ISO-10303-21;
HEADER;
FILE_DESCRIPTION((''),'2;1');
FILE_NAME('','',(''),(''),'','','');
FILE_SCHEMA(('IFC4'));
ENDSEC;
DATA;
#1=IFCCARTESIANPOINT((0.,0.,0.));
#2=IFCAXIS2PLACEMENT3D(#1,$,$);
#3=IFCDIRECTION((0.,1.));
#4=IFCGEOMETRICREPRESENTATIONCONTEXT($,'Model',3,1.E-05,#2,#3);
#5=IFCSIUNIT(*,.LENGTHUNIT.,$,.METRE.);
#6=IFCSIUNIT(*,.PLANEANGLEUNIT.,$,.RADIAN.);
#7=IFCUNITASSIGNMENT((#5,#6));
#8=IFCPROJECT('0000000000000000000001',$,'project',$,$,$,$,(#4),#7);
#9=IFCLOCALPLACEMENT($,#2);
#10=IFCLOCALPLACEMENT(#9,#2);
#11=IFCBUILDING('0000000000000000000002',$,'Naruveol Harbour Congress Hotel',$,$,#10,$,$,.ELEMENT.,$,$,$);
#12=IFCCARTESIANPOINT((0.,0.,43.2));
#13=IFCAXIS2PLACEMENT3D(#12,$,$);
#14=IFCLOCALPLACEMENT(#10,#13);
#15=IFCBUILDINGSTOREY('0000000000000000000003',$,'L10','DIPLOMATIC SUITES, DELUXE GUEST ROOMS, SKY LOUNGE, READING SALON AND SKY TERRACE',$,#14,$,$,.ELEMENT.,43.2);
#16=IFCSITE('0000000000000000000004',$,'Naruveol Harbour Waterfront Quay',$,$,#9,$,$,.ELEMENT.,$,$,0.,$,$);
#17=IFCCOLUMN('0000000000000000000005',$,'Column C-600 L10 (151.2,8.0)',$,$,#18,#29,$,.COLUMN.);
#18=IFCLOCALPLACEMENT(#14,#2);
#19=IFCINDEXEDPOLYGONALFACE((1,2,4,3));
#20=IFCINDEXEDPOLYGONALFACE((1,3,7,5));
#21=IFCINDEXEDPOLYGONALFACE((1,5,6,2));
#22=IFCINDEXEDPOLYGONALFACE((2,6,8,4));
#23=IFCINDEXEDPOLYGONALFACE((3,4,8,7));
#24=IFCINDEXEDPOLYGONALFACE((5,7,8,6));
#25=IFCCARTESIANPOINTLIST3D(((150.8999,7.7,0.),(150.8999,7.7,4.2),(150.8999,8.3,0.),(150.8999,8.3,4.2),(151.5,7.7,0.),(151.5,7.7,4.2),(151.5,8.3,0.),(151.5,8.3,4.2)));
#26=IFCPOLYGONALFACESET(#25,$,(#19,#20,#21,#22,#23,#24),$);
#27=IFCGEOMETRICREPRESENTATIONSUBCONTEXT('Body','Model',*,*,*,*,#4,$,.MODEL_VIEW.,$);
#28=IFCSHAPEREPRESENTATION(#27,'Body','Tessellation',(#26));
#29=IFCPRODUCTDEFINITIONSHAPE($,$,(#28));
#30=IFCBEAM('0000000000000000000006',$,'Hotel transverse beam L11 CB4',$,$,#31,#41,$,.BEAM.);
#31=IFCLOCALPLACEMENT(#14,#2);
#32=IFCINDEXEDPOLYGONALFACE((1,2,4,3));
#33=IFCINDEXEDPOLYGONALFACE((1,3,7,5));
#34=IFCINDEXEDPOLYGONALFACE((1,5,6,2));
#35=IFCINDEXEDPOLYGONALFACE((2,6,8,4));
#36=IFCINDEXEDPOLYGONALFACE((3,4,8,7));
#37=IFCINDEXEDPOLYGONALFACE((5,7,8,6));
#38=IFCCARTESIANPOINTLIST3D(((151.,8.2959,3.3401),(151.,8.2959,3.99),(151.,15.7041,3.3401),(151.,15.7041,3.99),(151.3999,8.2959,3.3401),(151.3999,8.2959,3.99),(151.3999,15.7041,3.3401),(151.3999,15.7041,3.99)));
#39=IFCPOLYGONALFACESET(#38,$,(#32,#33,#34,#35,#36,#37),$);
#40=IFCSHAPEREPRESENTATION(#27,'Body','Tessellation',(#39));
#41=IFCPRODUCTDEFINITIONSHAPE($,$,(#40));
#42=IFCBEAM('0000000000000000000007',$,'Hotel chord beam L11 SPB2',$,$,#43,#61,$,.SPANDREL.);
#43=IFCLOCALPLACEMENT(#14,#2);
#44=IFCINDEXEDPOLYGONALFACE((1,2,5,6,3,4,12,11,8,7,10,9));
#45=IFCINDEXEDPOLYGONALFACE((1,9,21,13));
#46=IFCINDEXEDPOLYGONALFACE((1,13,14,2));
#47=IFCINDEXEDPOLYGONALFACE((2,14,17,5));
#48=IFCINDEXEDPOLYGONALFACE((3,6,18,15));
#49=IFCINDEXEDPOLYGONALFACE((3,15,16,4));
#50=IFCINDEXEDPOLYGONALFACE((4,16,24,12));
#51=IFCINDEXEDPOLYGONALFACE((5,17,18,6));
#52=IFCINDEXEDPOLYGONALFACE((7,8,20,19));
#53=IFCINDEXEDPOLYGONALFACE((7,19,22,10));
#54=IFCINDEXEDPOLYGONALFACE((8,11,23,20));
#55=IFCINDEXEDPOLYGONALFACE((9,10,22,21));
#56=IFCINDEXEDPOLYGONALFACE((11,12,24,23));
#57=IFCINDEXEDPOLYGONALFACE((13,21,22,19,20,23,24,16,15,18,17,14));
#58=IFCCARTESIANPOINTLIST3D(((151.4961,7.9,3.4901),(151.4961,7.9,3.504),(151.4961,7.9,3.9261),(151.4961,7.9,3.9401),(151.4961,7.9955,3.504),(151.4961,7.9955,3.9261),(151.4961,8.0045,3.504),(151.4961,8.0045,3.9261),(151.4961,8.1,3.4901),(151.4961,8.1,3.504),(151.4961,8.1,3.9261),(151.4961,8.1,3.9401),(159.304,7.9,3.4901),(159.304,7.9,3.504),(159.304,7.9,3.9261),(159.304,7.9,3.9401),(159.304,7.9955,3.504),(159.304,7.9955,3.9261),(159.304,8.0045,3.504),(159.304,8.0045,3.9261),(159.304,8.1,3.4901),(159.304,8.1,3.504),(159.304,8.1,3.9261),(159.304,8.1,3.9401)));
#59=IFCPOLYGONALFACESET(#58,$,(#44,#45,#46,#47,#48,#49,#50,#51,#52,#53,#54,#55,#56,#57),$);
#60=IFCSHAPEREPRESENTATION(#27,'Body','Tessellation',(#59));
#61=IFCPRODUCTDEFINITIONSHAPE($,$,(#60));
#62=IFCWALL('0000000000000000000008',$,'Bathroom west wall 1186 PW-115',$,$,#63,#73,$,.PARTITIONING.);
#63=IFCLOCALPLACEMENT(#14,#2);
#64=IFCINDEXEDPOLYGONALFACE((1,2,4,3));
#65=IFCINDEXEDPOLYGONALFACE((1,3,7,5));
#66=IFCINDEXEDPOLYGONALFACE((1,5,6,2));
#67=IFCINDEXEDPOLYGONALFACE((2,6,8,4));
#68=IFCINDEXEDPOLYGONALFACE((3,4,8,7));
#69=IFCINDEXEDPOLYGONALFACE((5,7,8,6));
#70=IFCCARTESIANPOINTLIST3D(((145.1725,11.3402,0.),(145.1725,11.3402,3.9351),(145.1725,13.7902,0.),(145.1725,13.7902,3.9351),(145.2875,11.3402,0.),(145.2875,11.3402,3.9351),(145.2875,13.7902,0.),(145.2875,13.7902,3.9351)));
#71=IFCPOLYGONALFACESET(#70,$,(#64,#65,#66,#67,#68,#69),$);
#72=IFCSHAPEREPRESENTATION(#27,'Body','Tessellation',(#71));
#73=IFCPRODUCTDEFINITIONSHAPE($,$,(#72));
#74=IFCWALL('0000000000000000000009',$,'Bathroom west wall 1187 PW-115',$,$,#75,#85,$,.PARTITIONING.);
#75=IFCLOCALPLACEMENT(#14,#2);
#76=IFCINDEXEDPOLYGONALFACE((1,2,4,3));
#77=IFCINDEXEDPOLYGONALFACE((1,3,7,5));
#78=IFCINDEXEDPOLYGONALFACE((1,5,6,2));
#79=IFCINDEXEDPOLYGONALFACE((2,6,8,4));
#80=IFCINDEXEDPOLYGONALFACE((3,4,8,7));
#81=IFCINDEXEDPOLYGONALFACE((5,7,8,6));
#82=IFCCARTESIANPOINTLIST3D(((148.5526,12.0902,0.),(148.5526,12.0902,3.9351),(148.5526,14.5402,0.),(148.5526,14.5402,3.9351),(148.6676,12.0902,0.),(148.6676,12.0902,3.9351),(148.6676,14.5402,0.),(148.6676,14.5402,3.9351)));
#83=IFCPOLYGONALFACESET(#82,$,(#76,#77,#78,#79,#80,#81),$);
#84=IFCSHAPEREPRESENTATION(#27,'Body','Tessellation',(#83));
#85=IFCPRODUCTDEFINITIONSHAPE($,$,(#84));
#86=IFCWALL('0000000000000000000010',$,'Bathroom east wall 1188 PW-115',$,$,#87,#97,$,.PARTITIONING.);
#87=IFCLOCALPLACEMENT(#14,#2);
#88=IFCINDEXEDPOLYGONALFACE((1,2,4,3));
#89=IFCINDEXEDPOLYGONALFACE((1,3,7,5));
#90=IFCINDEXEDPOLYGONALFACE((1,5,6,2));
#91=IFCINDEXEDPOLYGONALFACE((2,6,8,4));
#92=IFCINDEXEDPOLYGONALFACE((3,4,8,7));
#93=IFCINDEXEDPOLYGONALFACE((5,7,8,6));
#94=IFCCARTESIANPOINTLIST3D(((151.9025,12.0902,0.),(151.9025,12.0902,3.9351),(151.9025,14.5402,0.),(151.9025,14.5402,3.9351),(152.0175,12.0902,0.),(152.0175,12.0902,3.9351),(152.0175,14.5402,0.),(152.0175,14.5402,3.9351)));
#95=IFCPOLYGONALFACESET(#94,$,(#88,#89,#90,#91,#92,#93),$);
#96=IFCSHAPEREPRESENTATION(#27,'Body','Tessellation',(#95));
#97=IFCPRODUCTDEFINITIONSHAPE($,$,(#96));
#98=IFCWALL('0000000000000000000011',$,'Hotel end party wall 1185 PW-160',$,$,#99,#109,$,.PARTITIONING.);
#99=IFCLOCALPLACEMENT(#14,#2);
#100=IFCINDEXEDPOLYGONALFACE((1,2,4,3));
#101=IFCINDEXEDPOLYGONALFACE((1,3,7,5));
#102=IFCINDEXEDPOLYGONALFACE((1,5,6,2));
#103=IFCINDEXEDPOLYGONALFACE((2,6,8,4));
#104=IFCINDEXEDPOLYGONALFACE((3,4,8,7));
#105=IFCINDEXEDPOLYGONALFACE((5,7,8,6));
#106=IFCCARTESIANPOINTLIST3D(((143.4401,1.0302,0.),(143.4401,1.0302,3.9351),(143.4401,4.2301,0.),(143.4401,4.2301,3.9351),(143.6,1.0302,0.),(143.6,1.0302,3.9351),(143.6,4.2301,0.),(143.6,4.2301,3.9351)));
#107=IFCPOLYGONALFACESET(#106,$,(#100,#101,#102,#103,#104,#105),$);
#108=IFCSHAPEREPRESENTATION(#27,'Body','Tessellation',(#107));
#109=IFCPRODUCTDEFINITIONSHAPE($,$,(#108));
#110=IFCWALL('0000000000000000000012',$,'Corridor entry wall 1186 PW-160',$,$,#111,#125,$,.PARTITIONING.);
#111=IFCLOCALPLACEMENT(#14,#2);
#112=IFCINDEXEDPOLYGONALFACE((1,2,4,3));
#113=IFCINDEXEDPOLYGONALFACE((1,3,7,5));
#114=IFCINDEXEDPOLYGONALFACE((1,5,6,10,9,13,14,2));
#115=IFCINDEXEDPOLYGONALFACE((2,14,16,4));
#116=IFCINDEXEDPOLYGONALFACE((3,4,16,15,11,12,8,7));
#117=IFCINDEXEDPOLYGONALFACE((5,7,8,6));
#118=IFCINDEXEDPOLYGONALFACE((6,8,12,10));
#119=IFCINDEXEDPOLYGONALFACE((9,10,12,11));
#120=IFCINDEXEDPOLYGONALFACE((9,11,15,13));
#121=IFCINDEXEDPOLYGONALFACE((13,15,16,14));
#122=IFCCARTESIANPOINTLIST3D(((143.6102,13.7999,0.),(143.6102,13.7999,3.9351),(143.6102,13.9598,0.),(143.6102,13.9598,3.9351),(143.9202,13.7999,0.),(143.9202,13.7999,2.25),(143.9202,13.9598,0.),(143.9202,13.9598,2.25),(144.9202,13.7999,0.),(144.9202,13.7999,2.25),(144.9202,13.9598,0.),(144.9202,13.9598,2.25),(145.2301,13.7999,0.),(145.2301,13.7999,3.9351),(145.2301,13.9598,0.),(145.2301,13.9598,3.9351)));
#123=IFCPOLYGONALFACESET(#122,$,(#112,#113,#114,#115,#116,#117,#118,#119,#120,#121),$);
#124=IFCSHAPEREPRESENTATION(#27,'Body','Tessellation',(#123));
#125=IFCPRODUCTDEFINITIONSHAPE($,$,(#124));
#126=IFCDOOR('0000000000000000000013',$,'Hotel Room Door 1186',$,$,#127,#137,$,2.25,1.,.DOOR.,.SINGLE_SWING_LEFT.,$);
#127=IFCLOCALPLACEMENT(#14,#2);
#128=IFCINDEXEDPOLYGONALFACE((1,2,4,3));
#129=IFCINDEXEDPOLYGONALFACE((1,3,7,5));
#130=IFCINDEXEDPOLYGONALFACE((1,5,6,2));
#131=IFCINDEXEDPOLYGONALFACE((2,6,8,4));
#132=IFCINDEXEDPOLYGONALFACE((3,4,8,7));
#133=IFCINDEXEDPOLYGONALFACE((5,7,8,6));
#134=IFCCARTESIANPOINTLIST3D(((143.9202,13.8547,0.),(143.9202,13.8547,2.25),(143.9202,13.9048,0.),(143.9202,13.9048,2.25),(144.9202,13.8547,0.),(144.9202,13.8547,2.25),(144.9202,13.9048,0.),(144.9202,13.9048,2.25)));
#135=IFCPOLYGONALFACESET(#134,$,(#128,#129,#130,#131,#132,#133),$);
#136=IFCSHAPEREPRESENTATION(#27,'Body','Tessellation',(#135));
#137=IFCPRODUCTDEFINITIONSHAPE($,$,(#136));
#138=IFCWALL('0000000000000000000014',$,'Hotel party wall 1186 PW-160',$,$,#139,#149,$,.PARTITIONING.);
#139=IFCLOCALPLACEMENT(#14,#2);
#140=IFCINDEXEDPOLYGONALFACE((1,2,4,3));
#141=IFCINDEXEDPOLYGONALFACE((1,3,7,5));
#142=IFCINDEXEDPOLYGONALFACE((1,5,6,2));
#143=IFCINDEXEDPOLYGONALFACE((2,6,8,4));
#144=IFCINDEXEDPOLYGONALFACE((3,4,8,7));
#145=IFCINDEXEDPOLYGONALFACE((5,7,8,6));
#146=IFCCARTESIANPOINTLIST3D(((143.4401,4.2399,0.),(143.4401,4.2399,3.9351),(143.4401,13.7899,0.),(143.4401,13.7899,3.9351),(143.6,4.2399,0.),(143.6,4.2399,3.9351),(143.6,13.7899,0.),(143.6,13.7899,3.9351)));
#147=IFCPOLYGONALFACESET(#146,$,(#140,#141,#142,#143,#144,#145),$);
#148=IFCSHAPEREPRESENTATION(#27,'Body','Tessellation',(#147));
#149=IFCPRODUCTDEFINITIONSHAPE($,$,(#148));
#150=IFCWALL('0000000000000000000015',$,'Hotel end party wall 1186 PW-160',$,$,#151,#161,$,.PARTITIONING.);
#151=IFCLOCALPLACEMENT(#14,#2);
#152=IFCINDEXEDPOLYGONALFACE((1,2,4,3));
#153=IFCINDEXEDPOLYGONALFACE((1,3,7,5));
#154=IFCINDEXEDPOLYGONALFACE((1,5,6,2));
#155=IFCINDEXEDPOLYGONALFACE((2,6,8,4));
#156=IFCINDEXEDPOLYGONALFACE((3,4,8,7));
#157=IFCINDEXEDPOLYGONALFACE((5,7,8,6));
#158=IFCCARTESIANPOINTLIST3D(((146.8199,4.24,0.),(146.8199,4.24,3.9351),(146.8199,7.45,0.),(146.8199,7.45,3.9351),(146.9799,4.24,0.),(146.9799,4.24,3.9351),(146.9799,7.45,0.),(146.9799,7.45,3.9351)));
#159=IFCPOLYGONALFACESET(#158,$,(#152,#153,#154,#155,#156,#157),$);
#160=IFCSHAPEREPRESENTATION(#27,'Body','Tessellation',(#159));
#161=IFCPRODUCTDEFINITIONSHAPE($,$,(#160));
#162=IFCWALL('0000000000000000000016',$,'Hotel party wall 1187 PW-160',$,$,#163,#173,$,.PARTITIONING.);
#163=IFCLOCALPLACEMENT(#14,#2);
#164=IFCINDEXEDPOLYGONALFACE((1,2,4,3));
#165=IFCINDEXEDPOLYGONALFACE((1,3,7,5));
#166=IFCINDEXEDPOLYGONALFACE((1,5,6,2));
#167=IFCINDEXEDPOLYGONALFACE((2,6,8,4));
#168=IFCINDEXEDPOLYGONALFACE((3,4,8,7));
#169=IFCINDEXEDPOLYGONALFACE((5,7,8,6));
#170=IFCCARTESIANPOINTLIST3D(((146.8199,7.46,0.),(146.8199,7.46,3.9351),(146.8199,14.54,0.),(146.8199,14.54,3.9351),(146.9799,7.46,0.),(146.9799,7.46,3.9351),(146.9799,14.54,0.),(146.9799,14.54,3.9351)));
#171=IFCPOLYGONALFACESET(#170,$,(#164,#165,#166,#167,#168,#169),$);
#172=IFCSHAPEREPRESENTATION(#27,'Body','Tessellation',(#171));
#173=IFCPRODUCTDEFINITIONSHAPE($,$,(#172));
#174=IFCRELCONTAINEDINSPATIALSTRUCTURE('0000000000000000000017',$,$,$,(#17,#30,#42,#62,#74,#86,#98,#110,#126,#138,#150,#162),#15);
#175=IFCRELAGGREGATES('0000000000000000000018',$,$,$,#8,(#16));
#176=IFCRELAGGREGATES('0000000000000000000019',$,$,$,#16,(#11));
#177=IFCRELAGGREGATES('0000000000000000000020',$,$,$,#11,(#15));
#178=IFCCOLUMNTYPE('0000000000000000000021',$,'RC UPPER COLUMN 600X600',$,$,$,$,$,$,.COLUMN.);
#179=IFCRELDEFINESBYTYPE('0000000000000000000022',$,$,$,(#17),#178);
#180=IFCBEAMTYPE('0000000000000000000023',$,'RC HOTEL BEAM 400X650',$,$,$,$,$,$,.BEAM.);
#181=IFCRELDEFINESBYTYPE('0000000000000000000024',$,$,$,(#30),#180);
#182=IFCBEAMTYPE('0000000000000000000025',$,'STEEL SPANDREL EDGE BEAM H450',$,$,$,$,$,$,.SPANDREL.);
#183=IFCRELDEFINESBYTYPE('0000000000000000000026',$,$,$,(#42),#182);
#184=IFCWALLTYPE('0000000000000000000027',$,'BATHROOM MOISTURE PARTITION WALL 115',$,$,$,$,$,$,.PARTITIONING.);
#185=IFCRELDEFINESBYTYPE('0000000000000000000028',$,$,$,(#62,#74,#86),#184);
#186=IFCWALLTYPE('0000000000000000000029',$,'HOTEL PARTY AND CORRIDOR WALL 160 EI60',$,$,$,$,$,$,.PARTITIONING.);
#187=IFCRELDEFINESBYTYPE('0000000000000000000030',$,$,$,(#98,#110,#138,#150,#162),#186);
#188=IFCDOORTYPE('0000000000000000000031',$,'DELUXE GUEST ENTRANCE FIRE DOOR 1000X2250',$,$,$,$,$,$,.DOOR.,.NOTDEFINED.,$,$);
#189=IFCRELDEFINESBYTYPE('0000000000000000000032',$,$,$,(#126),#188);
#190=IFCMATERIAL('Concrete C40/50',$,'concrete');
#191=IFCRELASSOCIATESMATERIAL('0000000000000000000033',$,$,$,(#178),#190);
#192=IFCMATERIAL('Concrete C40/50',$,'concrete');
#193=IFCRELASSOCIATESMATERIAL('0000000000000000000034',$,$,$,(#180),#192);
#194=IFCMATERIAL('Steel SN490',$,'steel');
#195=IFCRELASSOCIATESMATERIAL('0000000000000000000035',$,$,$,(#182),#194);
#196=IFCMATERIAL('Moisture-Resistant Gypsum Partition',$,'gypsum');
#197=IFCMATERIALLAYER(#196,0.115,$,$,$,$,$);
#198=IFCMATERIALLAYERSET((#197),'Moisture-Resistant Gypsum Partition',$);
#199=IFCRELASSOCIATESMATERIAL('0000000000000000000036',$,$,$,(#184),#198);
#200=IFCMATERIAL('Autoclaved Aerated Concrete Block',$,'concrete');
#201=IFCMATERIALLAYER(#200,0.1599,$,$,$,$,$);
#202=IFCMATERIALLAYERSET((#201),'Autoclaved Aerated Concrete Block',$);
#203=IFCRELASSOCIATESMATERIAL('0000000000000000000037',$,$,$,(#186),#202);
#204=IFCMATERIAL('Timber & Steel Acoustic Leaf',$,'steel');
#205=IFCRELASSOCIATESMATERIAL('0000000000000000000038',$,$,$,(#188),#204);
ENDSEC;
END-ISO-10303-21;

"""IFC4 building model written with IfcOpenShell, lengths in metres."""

from ifc_helpers import new_model, si_unit, direction, frame, frame_2d, origin, origin_2d, place, context, subcontext, project, spatial, rectangle, i_section, extrude, material, layer, layer_set, material_profile, profile_set, type_object, element, fill, save


model = new_model("IFC4")

# Units and contexts
model_context = context("Model", 3, precision=1e-05, world=origin(), true_north=direction((0.0, 1.0)))
body_context = subcontext(model_context, "Body", "Model", "MODEL_VIEW")
ifc_project = project(units=[si_unit("LENGTHUNIT", "METRE"), si_unit("PLANEANGLEUNIT", "RADIAN")], contexts=[model_context])

# Site, building, storey
site_placement = place(None, origin())
site = spatial("IfcSite", under=ifc_project, at=site_placement, Name="Naruveol Harbour Waterfront Quay", CompositionType="ELEMENT", RefElevation=0.0)
building_placement = place(site_placement, origin())
building = spatial("IfcBuilding", under=site, at=building_placement, Name="Naruveol Harbour Congress Hotel", CompositionType="ELEMENT")
storey_placement = place(building_placement, frame((0.0, 0.0, 43.2)))
storey = spatial("IfcBuildingStorey", under=building, at=storey_placement, Name="L10", Description="DIPLOMATIC SUITES, DELUXE GUEST ROOMS, SKY LOUNGE, READING SALON AND SKY TERRACE", CompositionType="ELEMENT", Elevation=43.2)

# Column
ifc_material_1 = material(Name="Concrete C40/50", Category="concrete")
ifc_material_profile_1 = material_profile(ifc_material_1, rectangle(XDim=0.6001, YDim=0.6001, at=origin_2d()), Name="RC-600x600")
ifc_profile_set_1 = profile_set([ifc_material_profile_1], Name="Concrete C40/50")
column_type = type_object("IfcColumnType", Name="RC UPPER COLUMN 600X600", PredefinedType="COLUMN", material=ifc_profile_set_1)
column_placement = place(storey_placement, frame((151.2, 8.0, 0.0), z_axis=(0.0, 0.0, 1.0), x_axis=(1.0, 0.0, 0.0)))
element("IfcColumn", 1, at=column_placement, inside=storey, type_object=column_type, Name="Column C-600 L10 (151.2,8.0)", PredefinedType="COLUMN", context=body_context, shape_type="SweptSolid", body=[
    extrude(rectangle(XDim=0.6001, YDim=0.6001, at=origin_2d()), origin(), (0.0, 0.0, 1.0), 4.2),
])

# Beams
ifc_material_2 = material(Name="Concrete C40/50", Category="concrete")
ifc_material_profile_2 = material_profile(ifc_material_2, rectangle(XDim=0.3999, YDim=0.6499, at=origin_2d()), Name="RCB-400x650")
ifc_profile_set_2 = profile_set([ifc_material_profile_2], Name="Concrete C40/50")
beam_type_1 = type_object("IfcBeamType", Name="RC HOTEL BEAM 400X650", PredefinedType="BEAM", material=ifc_profile_set_2)
beam_1_placement = place(storey_placement, frame((151.2, 8.2959, 3.665), z_axis=(0.0, 1.0, 0.0), x_axis=(-1.0, 0.0, 0.0)))
element("IfcBeam", 2, at=beam_1_placement, inside=storey, type_object=beam_type_1, Name="Hotel transverse beam L11 CB4", PredefinedType="BEAM", context=body_context, shape_type="SweptSolid", body=[
    extrude(rectangle(XDim=0.3999, YDim=0.6499, at=origin_2d()), origin(), (0.0, 0.0, 1.0), 7.4082),
])
ifc_material_3 = material(Name="Steel SN490", Category="steel")
ifc_material_profile_3 = material_profile(ifc_material_3, i_section(OverallWidth=0.2, OverallDepth=0.45, WebThickness=0.009, FlangeThickness=0.0139, at=origin_2d()), Name="H-450x200x9x14")
ifc_profile_set_3 = profile_set([ifc_material_profile_3], Name="Steel SN490")
beam_type_2 = type_object("IfcBeamType", Name="STEEL SPANDREL EDGE BEAM H450", PredefinedType="SPANDREL", material=ifc_profile_set_3)
beam_2_placement = place(storey_placement, frame((151.4961, 8.0, 3.7151), z_axis=(1.0, 0.0, 0.0), x_axis=(0.0, 1.0, 0.0)))
element("IfcBeam", 3, at=beam_2_placement, inside=storey, type_object=beam_type_2, Name="Hotel chord beam L11 SPB2", PredefinedType="SPANDREL", context=body_context, shape_type="SweptSolid", body=[
    extrude(i_section(OverallWidth=0.2, OverallDepth=0.45, WebThickness=0.009, FlangeThickness=0.0139, at=origin_2d()), origin(), (0.0, 0.0, 1.0), 7.8079),
])

# Wall
ifc_material_4 = material(Name="Moisture-Resistant Gypsum Partition", Category="gypsum")
ifc_layer_1 = layer(ifc_material_4, 0.115)
ifc_layer_set_1 = layer_set([ifc_layer_1], Name="Moisture-Resistant Gypsum Partition")
wall_type_1 = type_object("IfcWallType", Name="BATHROOM MOISTURE PARTITION WALL 115", PredefinedType="PARTITIONING", material=ifc_layer_set_1)
wall_1_placement = place(storey_placement, frame((145.23, 11.3401, 0.0), z_axis=(0.0, 0.0, 1.0), x_axis=(0.0, 1.0, 0.0)))
element("IfcWall", 4, at=wall_1_placement, inside=storey, type_object=wall_type_1, Name="Bathroom west wall 1186 PW-115", PredefinedType="PARTITIONING", context=body_context, shape_type="SweptSolid", body=[
    extrude(rectangle(XDim=2.45, YDim=0.115, at=frame_2d((1.2251, 0.0))), origin(), (0.0, 0.0, 1.0), 3.9351),
])

# Wall
wall_2_placement = place(storey_placement, frame((148.6101, 12.0901, 0.0), z_axis=(0.0, 0.0, 1.0), x_axis=(0.0, 1.0, 0.0)))
element("IfcWall", 5, at=wall_2_placement, inside=storey, type_object=wall_type_1, Name="Bathroom west wall 1187 PW-115", PredefinedType="PARTITIONING", context=body_context, shape_type="SweptSolid", body=[
    extrude(rectangle(XDim=2.45, YDim=0.115, at=frame_2d((1.2251, 0.0))), origin(), (0.0, 0.0, 1.0), 3.9351),
])

# Wall
wall_3_placement = place(storey_placement, frame((151.96, 12.0901, 0.0), z_axis=(0.0, 0.0, 1.0), x_axis=(0.0, 1.0, 0.0)))
element("IfcWall", 6, at=wall_3_placement, inside=storey, type_object=wall_type_1, Name="Bathroom east wall 1188 PW-115", PredefinedType="PARTITIONING", context=body_context, shape_type="SweptSolid", body=[
    extrude(rectangle(XDim=2.45, YDim=0.115, at=frame_2d((1.2251, 0.0))), origin(), (0.0, 0.0, 1.0), 3.9351),
])

# Wall
ifc_material_5 = material(Name="Autoclaved Aerated Concrete Block", Category="concrete")
ifc_layer_2 = layer(ifc_material_5, 0.1599)
ifc_layer_set_2 = layer_set([ifc_layer_2], Name="Autoclaved Aerated Concrete Block")
wall_type_2 = type_object("IfcWallType", Name="HOTEL PARTY AND CORRIDOR WALL 160 EI60", PredefinedType="PARTITIONING", material=ifc_layer_set_2)
wall_4_placement = place(storey_placement, frame((143.52, 1.03, 0.0), z_axis=(0.0, 0.0, 1.0), x_axis=(0.0, 1.0, 0.0)))
element("IfcWall", 7, at=wall_4_placement, inside=storey, type_object=wall_type_2, Name="Hotel end party wall 1185 PW-160", PredefinedType="PARTITIONING", context=body_context, shape_type="SweptSolid", body=[
    extrude(rectangle(XDim=3.2, YDim=0.1599, at=frame_2d((1.6001, 0.0))), origin(), (0.0, 0.0, 1.0), 3.9351),
])

# Wall, opening, door
wall_5_placement = place(storey_placement, frame((143.6101, 13.8799, 0.0), z_axis=(0.0, 0.0, 1.0), x_axis=(1.0, 0.0, 0.0)))
wall_5 = element("IfcWall", 8, at=wall_5_placement, inside=storey, type_object=wall_type_2, Name="Corridor entry wall 1186 PW-160", PredefinedType="PARTITIONING", context=body_context, shape_type="SweptSolid", body=[
    extrude(rectangle(XDim=1.6199, YDim=0.1599, at=frame_2d((0.8101, 0.0))), origin(), (0.0, 0.0, 1.0), 3.9351),
])
opening_1_placement = place(wall_5_placement, frame((0.3101, 0.0, 0.0)))
opening_1 = element("IfcOpeningElement", 9, at=opening_1_placement, cuts=wall_5, PredefinedType="OPENING", context=body_context, shape_type="SweptSolid", body=[
    extrude(rectangle(XDim=1.0, YDim=2.25, at=frame_2d((0.5, 1.125))), frame((0.0, 0.0898, 0.0), z_axis=(0.0, -1.0, 0.0), x_axis=(1.0, 0.0, 0.0)), (0.0, 0.0, 1.0), 0.1799),
])
ifc_material_6 = material(Name="Timber & Steel Acoustic Leaf", Category="steel")
door_type_1 = type_object("IfcDoorType", Name="DELUXE GUEST ENTRANCE FIRE DOOR 1000X2250", OperationType="NOTDEFINED", PredefinedType="DOOR", material=ifc_material_6)
door_1_placement = place(opening_1_placement, origin())
door_1 = element("IfcDoor", 10, at=door_1_placement, inside=storey, type_object=door_type_1, Name="Hotel Room Door 1186", OperationType="SINGLE_SWING_LEFT", OverallHeight=2.25, OverallWidth=1.0, PredefinedType="DOOR", context=body_context, shape_type="SweptSolid", body=[
    extrude(rectangle(XDim=1.0, YDim=2.25, at=frame_2d((0.5, 1.125))), frame((0.0, 0.0249, 0.0), z_axis=(0.0, -1.0, 0.0), x_axis=(1.0, 0.0, 0.0)), (0.0, 0.0, 1.0), 0.05),
])
fill(opening_1, door_1)

# Walls
wall_6_placement = place(storey_placement, frame((143.52, 4.24, 0.0), z_axis=(0.0, 0.0, 1.0), x_axis=(0.0, 1.0, 0.0)))
element("IfcWall", 11, at=wall_6_placement, inside=storey, type_object=wall_type_2, Name="Hotel party wall 1186 PW-160", PredefinedType="PARTITIONING", context=body_context, shape_type="SweptSolid", body=[
    extrude(rectangle(XDim=9.55, YDim=0.1599, at=frame_2d((4.7749, 0.0))), origin(), (0.0, 0.0, 1.0), 3.9351),
])
wall_7_placement = place(storey_placement, frame((146.8999, 4.24, 0.0), z_axis=(0.0, 0.0, 1.0), x_axis=(0.0, 1.0, 0.0)))
element("IfcWall", 12, at=wall_7_placement, inside=storey, type_object=wall_type_2, Name="Hotel end party wall 1186 PW-160", PredefinedType="PARTITIONING", context=body_context, shape_type="SweptSolid", body=[
    extrude(rectangle(XDim=3.21, YDim=0.1599, at=frame_2d((1.605, 0.0))), origin(), (0.0, 0.0, 1.0), 3.9351),
])
wall_8_placement = place(storey_placement, frame((146.8999, 7.46, 0.0), z_axis=(0.0, 0.0, 1.0), x_axis=(0.0, 1.0, 0.0)))
element("IfcWall", 13, at=wall_8_placement, inside=storey, type_object=wall_type_2, Name="Hotel party wall 1187 PW-160", PredefinedType="PARTITIONING", context=body_context, shape_type="SweptSolid", body=[
    extrude(rectangle(XDim=7.0801, YDim=0.1599, at=frame_2d((3.54, 0.0))), origin(), (0.0, 0.0, 1.0), 3.9351),
])

save(model, "model.ifc")
